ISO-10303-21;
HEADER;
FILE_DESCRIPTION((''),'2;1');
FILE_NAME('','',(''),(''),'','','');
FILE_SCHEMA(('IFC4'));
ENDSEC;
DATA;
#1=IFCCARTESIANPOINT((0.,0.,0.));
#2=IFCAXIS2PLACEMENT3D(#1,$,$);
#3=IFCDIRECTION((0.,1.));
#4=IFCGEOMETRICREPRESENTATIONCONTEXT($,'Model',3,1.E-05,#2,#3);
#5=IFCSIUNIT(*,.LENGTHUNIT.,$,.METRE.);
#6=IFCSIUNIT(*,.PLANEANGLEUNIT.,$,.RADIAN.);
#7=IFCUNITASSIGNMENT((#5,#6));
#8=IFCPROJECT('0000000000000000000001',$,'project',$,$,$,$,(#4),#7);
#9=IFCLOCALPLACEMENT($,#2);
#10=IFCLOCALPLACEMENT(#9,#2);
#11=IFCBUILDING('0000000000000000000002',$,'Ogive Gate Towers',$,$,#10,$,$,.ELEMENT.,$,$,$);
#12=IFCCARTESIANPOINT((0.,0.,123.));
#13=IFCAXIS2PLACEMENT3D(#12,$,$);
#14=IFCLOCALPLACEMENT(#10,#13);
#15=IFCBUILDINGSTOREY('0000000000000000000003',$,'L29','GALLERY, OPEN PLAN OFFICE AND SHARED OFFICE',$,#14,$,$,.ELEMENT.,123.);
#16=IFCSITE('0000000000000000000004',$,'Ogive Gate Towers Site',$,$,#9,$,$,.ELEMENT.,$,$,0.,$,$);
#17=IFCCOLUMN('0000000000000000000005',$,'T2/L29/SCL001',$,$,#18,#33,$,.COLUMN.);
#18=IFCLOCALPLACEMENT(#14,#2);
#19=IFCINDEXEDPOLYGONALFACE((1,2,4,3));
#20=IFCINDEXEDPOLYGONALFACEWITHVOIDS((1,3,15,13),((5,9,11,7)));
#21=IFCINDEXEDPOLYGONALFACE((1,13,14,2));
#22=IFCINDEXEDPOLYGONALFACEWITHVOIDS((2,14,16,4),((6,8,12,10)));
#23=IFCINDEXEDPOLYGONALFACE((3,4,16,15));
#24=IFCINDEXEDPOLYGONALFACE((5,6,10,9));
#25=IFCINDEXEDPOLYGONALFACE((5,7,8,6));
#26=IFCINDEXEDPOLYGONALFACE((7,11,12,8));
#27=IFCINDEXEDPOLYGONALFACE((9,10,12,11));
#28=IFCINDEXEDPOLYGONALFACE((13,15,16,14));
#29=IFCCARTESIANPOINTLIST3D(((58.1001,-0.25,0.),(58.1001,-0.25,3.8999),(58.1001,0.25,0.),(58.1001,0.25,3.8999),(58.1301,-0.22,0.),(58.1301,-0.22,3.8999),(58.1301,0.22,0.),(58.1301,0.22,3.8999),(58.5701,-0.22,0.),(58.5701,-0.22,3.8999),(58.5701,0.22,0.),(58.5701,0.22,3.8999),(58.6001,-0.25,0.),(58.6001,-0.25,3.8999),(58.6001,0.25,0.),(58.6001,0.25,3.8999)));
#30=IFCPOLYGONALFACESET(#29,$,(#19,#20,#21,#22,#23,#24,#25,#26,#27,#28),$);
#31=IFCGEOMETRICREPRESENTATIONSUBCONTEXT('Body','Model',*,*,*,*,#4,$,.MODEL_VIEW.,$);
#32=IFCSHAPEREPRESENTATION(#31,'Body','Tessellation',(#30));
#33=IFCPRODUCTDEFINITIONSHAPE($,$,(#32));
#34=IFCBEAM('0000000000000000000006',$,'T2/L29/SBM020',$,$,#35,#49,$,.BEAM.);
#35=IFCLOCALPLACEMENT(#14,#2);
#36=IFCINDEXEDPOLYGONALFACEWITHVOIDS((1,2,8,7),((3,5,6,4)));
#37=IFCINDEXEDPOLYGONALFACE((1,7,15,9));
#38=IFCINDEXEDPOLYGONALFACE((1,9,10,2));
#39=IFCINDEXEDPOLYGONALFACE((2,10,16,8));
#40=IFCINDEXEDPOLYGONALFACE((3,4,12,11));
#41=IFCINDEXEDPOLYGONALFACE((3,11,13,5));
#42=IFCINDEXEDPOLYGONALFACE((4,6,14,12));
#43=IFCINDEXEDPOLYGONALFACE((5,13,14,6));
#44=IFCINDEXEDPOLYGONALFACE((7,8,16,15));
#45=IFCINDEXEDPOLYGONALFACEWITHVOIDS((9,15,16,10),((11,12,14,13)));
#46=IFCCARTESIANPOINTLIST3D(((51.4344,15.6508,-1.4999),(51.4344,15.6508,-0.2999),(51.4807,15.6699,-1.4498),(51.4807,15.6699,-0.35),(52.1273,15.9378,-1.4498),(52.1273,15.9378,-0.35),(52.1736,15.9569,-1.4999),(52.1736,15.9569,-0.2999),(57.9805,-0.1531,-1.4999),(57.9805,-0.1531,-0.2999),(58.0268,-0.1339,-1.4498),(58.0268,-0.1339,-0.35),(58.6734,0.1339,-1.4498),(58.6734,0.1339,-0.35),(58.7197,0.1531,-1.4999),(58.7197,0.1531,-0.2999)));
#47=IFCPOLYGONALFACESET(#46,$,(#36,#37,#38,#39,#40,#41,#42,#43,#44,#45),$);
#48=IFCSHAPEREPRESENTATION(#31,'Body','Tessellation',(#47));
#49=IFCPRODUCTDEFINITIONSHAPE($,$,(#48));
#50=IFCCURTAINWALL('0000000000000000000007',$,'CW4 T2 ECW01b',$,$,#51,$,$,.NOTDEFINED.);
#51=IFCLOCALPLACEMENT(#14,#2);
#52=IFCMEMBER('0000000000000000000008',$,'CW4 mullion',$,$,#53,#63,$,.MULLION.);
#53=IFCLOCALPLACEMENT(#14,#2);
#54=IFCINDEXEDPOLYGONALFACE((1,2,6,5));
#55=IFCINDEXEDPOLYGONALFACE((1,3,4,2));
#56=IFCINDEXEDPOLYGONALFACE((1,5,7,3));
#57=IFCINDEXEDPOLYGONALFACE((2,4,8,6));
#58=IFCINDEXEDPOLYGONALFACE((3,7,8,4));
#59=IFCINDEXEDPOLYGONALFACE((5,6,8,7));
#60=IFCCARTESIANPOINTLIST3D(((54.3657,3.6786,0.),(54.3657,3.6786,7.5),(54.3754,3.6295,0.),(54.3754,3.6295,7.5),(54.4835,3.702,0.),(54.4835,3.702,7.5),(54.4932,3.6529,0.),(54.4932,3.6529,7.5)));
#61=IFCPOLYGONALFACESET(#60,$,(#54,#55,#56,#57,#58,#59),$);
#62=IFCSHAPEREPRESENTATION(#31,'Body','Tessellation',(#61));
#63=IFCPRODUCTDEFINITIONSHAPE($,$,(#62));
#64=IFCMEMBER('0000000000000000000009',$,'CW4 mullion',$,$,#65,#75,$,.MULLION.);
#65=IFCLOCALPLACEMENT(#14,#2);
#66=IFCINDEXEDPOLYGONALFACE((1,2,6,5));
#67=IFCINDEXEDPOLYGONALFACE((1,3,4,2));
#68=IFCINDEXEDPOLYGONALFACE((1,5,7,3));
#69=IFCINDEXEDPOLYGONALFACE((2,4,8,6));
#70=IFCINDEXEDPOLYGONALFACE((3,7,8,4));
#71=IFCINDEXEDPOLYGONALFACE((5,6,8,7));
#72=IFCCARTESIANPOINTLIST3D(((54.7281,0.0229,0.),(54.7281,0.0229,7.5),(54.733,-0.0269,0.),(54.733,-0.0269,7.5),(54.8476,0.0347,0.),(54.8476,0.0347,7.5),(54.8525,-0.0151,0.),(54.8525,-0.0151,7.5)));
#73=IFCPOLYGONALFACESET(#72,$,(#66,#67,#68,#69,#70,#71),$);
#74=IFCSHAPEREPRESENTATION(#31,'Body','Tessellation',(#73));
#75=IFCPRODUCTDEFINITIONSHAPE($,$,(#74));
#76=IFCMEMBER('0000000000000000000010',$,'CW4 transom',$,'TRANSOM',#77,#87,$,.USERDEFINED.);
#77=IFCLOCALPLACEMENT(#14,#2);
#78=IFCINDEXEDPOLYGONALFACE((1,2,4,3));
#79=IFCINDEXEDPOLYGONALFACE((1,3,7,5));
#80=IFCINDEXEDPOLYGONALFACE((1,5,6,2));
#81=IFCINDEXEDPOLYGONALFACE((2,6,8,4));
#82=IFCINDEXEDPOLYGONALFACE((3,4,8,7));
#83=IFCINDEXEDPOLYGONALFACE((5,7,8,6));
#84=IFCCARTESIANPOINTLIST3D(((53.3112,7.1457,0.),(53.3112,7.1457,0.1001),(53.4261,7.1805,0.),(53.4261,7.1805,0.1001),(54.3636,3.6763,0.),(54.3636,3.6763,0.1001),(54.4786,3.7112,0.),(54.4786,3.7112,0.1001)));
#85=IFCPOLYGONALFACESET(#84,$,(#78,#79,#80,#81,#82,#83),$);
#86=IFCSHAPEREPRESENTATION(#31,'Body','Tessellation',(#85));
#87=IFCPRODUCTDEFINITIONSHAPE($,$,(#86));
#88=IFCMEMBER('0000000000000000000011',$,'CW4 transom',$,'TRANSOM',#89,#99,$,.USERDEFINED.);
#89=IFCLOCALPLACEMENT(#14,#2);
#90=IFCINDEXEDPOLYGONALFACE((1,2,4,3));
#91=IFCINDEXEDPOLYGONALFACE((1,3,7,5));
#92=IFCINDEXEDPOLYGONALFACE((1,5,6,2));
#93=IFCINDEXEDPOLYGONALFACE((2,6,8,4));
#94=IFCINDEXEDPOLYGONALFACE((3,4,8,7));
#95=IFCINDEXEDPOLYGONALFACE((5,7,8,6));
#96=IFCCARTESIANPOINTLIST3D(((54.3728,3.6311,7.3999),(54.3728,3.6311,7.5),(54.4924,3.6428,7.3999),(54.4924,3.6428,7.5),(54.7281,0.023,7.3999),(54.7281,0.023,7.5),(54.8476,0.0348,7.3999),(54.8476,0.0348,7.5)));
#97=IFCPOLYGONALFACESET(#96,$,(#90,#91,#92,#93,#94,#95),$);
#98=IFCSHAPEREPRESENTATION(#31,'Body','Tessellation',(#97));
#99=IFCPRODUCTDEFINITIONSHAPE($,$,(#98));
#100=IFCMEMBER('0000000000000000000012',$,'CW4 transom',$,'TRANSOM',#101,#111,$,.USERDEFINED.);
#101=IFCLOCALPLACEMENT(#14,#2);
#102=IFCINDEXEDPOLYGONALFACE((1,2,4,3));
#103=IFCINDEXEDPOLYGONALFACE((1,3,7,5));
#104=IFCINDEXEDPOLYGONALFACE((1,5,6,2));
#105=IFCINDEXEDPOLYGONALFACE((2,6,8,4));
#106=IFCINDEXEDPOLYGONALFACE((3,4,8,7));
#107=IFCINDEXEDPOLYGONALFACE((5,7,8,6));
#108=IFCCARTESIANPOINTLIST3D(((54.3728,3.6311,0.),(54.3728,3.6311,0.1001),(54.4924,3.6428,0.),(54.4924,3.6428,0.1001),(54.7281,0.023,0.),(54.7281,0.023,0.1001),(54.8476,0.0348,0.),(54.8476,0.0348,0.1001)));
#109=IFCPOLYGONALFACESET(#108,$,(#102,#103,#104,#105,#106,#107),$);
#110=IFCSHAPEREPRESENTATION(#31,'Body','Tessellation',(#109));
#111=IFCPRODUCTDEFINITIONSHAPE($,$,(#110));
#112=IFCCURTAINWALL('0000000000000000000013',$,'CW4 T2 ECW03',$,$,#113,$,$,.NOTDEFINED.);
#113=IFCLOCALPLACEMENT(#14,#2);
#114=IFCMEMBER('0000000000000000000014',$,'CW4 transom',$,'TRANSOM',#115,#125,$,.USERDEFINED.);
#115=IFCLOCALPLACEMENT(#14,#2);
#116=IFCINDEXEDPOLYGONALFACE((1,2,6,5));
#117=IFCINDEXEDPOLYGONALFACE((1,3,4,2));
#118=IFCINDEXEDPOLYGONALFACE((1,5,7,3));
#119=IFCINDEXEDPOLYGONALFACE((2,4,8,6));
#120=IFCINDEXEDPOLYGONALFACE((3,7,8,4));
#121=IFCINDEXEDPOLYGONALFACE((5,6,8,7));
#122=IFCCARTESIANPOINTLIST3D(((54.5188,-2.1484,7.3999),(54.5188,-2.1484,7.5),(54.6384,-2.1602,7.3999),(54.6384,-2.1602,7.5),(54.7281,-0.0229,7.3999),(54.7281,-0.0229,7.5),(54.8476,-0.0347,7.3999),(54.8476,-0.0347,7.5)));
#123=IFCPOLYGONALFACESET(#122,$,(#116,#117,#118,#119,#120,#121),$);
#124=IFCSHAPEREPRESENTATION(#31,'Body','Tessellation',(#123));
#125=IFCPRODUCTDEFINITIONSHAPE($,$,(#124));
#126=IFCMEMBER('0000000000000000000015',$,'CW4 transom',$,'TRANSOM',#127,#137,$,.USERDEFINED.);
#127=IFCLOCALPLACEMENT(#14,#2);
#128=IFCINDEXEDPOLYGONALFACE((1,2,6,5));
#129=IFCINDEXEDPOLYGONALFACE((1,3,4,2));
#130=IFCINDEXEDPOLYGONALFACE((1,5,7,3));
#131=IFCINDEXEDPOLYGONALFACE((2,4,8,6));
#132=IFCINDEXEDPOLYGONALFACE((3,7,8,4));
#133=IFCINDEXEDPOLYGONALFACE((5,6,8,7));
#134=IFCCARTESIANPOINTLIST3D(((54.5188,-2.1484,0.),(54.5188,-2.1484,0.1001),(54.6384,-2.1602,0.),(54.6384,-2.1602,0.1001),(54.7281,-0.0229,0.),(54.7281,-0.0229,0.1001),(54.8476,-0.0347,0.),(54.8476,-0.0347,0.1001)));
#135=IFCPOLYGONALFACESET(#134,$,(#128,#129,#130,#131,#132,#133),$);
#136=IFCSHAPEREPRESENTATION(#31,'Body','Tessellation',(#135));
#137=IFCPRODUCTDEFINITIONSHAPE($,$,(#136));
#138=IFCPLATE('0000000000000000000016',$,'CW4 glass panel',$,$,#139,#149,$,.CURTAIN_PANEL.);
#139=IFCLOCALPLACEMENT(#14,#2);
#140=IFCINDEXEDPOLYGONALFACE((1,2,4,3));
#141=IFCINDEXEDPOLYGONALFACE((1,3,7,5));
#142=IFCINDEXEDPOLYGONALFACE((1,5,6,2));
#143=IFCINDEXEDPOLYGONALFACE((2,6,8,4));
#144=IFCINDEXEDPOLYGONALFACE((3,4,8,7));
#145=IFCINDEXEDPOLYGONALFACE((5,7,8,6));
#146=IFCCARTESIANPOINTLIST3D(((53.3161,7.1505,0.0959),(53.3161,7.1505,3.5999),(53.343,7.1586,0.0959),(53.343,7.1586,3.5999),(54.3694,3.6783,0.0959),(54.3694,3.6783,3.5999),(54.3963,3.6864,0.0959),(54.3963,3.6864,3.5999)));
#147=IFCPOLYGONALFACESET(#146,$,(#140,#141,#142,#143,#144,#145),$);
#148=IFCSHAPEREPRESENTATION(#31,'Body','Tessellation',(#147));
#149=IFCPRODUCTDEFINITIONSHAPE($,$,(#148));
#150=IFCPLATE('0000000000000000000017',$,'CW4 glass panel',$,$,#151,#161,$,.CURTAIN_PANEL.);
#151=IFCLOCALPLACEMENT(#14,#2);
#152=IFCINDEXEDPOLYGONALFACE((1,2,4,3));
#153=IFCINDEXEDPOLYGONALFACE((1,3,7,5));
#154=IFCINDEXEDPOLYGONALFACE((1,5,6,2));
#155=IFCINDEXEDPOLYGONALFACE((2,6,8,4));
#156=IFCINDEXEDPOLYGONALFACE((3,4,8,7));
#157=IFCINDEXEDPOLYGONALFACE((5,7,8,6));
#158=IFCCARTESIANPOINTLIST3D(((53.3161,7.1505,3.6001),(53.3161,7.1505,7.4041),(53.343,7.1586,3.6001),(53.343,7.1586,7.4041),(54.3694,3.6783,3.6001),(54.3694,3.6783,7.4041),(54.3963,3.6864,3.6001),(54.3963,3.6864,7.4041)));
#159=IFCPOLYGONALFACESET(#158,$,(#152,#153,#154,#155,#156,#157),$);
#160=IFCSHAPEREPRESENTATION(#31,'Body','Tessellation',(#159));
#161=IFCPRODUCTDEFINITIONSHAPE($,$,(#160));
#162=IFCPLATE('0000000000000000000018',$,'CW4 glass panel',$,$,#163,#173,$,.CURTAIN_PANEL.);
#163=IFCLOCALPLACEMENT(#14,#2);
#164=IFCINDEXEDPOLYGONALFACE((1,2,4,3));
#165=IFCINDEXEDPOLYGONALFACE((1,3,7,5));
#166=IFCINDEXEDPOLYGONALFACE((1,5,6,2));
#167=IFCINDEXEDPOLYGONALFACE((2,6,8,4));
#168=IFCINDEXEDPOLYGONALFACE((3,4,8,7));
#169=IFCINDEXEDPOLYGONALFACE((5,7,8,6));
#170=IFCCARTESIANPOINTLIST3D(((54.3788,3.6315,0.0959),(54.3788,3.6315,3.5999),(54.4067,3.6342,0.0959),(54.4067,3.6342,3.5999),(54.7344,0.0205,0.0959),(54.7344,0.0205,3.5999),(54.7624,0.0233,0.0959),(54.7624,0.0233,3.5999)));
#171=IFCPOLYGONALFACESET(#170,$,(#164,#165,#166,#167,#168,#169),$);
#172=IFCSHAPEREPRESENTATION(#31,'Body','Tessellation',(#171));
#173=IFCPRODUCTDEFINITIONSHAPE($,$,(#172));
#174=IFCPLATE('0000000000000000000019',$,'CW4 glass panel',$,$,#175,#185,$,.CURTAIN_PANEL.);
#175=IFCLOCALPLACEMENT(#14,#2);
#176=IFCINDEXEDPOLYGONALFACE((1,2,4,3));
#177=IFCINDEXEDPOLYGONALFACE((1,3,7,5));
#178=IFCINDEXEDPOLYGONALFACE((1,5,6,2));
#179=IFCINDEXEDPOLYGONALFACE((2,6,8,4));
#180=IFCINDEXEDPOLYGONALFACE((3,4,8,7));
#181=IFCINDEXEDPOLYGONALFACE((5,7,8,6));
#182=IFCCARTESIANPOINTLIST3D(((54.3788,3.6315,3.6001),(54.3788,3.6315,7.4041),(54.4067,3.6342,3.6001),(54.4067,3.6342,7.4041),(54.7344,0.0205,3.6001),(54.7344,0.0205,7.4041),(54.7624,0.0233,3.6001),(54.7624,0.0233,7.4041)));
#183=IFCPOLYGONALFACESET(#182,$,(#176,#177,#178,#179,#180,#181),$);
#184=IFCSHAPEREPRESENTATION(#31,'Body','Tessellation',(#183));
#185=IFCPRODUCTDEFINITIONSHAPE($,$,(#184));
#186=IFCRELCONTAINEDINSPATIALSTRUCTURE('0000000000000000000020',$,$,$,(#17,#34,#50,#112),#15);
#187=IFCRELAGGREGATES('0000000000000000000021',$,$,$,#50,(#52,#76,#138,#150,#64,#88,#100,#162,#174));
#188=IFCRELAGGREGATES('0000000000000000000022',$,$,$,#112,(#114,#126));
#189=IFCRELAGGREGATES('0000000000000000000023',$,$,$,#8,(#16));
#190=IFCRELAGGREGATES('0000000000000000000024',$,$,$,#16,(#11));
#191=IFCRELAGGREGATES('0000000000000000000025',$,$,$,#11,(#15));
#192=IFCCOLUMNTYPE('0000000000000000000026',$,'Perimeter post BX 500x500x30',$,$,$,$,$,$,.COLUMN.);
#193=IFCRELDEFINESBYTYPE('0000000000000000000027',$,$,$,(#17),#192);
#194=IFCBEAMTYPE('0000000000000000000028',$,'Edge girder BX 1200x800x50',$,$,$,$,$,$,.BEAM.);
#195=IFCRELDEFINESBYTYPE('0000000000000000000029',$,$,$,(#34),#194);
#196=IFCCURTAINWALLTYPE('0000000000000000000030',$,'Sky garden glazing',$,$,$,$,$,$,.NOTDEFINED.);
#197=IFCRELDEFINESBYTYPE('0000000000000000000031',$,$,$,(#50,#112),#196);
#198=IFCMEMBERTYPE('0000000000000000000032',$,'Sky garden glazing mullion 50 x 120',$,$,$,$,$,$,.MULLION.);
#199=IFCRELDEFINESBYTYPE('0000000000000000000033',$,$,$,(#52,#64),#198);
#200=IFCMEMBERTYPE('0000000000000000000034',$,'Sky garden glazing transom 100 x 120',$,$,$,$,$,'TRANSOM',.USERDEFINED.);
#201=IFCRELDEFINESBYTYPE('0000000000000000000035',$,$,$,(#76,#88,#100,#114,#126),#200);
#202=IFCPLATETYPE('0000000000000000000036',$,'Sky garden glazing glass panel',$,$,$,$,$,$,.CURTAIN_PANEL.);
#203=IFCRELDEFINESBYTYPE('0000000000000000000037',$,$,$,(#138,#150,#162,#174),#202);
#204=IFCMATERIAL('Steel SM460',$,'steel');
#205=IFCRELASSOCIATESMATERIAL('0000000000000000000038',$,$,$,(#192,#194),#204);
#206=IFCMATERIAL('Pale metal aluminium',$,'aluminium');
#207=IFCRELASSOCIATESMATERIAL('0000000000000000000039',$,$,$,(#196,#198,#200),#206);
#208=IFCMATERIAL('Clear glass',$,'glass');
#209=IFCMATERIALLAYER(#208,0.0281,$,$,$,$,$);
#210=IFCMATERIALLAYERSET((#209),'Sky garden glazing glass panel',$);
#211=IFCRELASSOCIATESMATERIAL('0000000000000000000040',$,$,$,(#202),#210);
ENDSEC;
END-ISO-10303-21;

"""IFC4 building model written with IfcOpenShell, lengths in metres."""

from ifc_helpers import new_model, si_unit, direction, frame, origin, origin_2d, place, context, subcontext, project, spatial, rectangle, hollow_rectangle, extrude, material, layer, layer_set, material_profile, profile_set, type_object, element, aggregate, save


model = new_model("IFC4")

# Units and contexts
model_context = context("Model", 3, precision=1e-05, world=origin(), true_north=direction((0.0, 1.0)))
body_context = subcontext(model_context, "Body", "Model", "MODEL_VIEW")
ifc_project = project(units=[si_unit("LENGTHUNIT", "METRE"), si_unit("PLANEANGLEUNIT", "RADIAN")], contexts=[model_context])

# Site, building, storey
site_placement = place(None, origin())
site = spatial("IfcSite", under=ifc_project, at=site_placement, Name="Ogive Gate Towers Site", CompositionType="ELEMENT", RefElevation=0.0)
building_placement = place(site_placement, origin())
building = spatial("IfcBuilding", under=site, at=building_placement, Name="Ogive Gate Towers", CompositionType="ELEMENT")
storey_placement = place(building_placement, frame((0.0, 0.0, 123.0)))
storey = spatial("IfcBuildingStorey", under=building, at=storey_placement, Name="L29", Description="GALLERY, OPEN PLAN OFFICE AND SHARED OFFICE", CompositionType="ELEMENT", Elevation=123.0)

# Column
ifc_material_1 = material(Name="Steel SM460", Category="steel")
ifc_material_profile_1 = material_profile(ifc_material_1, hollow_rectangle(XDim=0.5, YDim=0.5, WallThickness=0.03, at=origin_2d()), Name="BX 500x500x30")
ifc_profile_set_1 = profile_set([ifc_material_profile_1], Name="Steel SM460")
column_type = type_object("IfcColumnType", Name="Perimeter post BX 500x500x30", PredefinedType="COLUMN", material=ifc_profile_set_1)
column_placement = place(storey_placement, frame((58.3501, 0.0, 0.0), z_axis=(0.0, 0.0, 1.0), x_axis=(1.0, 0.0, 0.0)))
element("IfcColumn", 1, at=column_placement, inside=storey, type_object=column_type, Name="T2/L29/SCL001", PredefinedType="COLUMN", context=body_context, shape_type="SweptSolid", body=[
    extrude(hollow_rectangle(XDim=0.5, YDim=0.5, WallThickness=0.03, at=origin_2d()), origin(), (0.0, 0.0, 1.0), 3.8999),
])

# Beam
ifc_material_profile_2 = material_profile(ifc_material_1, hollow_rectangle(XDim=0.8, YDim=1.2, WallThickness=0.05, at=origin_2d()), Name="BX 1200x800x50")
ifc_profile_set_2 = profile_set([ifc_material_profile_2], Name="Steel SM460")
beam_type = type_object("IfcBeamType", Name="Edge girder BX 1200x800x50", PredefinedType="BEAM", material=ifc_profile_set_2)
beam_placement = place(storey_placement, frame((58.3501, 0.0, -0.8999), z_axis=(-0.38268, 0.923881, 0.0), x_axis=(-0.923881, -0.38268, 0.0)))
element("IfcBeam", 2, at=beam_placement, inside=storey, type_object=beam_type, Name="T2/L29/SBM020", PredefinedType="BEAM", context=body_context, shape_type="SweptSolid", body=[
    extrude(hollow_rectangle(XDim=0.8, YDim=1.2, WallThickness=0.05, at=origin_2d()), origin(), (0.0, 0.0, 1.0), 17.106),
])

# Curtain walls, members
ifc_material_2 = material(Name="Pale metal aluminium", Category="aluminium")
curtain_wall_type = type_object("IfcCurtainWallType", Name="Sky garden glazing", PredefinedType="NOTDEFINED", material=ifc_material_2)
curtain_wall_1_placement = place(storey_placement, origin())
curtain_wall_1 = element("IfcCurtainWall", 3, at=curtain_wall_1_placement, inside=storey, type_object=curtain_wall_type, Name="CW4 T2 ECW01b", PredefinedType="NOTDEFINED")
ifc_material_profile_3 = material_profile(ifc_material_2, rectangle(XDim=0.1201, YDim=0.05, at=origin_2d()), Name="50 x 120 aluminium box")
ifc_profile_set_3 = profile_set([ifc_material_profile_3], Name="Pale metal aluminium")
member_type_1 = type_object("IfcMemberType", Name="Sky garden glazing mullion 50 x 120", PredefinedType="MULLION", material=ifc_profile_set_3)
member_1_placement = place(storey_placement, frame((54.4294, 3.6658, 0.0), z_axis=(0.0, 0.0, 1.0), x_axis=(-0.980785, -0.19509, 0.0)))
member_1 = element("IfcMember", 4, at=member_1_placement, type_object=member_type_1, Name="CW4 mullion", PredefinedType="MULLION", context=body_context, shape_type="SweptSolid", body=[
    extrude(rectangle(XDim=0.1201, YDim=0.05, at=origin_2d()), origin(), (0.0, 0.0, 1.0), 7.5),
])
member_2_placement = place(storey_placement, frame((54.7903, 0.0039, 0.0), z_axis=(0.0, 0.0, 1.0), x_axis=(-0.995185, -0.098017, 0.0)))
member_2 = element("IfcMember", 5, at=member_2_placement, type_object=member_type_1, Name="CW4 mullion", PredefinedType="MULLION", context=body_context, shape_type="SweptSolid", body=[
    extrude(rectangle(XDim=0.1201, YDim=0.05, at=origin_2d()), origin(), (0.0, 0.0, 1.0), 7.5),
])
ifc_material_profile_4 = material_profile(ifc_material_2, rectangle(XDim=0.1201, YDim=0.1001, at=origin_2d()), Name="100 x 120 aluminium box")
ifc_profile_set_4 = profile_set([ifc_material_profile_4], Name="Pale metal aluminium")
member_type_2 = type_object("IfcMemberType", Name="Sky garden glazing transom 100 x 120", ElementType="TRANSOM", PredefinedType="USERDEFINED", material=ifc_profile_set_4)
member_3_placement = place(storey_placement, frame((53.3687, 7.1631, 0.05), z_axis=(0.290293, -0.956938, 0.0), x_axis=(0.956938, 0.290293, 0.0)))
member_3 = element("IfcMember", 6, at=member_3_placement, type_object=member_type_2, Name="CW4 transom", ObjectType="TRANSOM", PredefinedType="USERDEFINED", context=body_context, shape_type="SweptSolid", body=[
    extrude(rectangle(XDim=0.1201, YDim=0.1001, at=origin_2d()), origin(), (0.0, 0.0, 1.0), 3.6255),
])
member_4_placement = place(storey_placement, frame((54.4326, 3.637, 7.45), z_axis=(0.097977, -0.995189, 0.0), x_axis=(0.995189, 0.097977, 0.0)))
member_4 = element("IfcMember", 7, at=member_4_placement, type_object=member_type_2, Name="CW4 transom", ObjectType="TRANSOM", PredefinedType="USERDEFINED", context=body_context, shape_type="SweptSolid", body=[
    extrude(rectangle(XDim=0.1201, YDim=0.1001, at=origin_2d()), origin(), (0.0, 0.0, 1.0), 3.6255),
])
member_5_placement = place(storey_placement, frame((54.4326, 3.637, 0.05), z_axis=(0.097977, -0.995189, 0.0), x_axis=(0.995189, 0.097977, 0.0)))
member_5 = element("IfcMember", 8, at=member_5_placement, type_object=member_type_2, Name="CW4 transom", ObjectType="TRANSOM", PredefinedType="USERDEFINED", context=body_context, shape_type="SweptSolid", body=[
    extrude(rectangle(XDim=0.1201, YDim=0.1001, at=origin_2d()), origin(), (0.0, 0.0, 1.0), 3.6255),
])
curtain_wall_2_placement = place(storey_placement, origin())
curtain_wall_2 = element("IfcCurtainWall", 9, at=curtain_wall_2_placement, inside=storey, type_object=curtain_wall_type, Name="CW4 T2 ECW03", PredefinedType="NOTDEFINED")
member_6_placement = place(storey_placement, frame((54.7878, -0.0288, 7.45), z_axis=(-0.097964, -0.99519, 0.0), x_axis=(0.99519, -0.097964, 0.0)))
member_6 = element("IfcMember", 10, at=member_6_placement, type_object=member_type_2, Name="CW4 transom", ObjectType="TRANSOM", PredefinedType="USERDEFINED", context=body_context, shape_type="SweptSolid", body=[
    extrude(rectangle(XDim=0.1201, YDim=0.1001, at=origin_2d()), origin(), (0.0, 0.0, 1.0), 2.1357),
])
member_7_placement = place(storey_placement, frame((54.7878, -0.0288, 0.05), z_axis=(-0.097964, -0.99519, 0.0), x_axis=(0.99519, -0.097964, 0.0)))
member_7 = element("IfcMember", 11, at=member_7_placement, type_object=member_type_2, Name="CW4 transom", ObjectType="TRANSOM", PredefinedType="USERDEFINED", context=body_context, shape_type="SweptSolid", body=[
    extrude(rectangle(XDim=0.1201, YDim=0.1001, at=origin_2d()), origin(), (0.0, 0.0, 1.0), 2.1357),
])

# Plates
ifc_material_3 = material(Name="Clear glass", Category="glass")
ifc_layer_1 = layer(ifc_material_3, 0.0281)
ifc_layer_set_1 = layer_set([ifc_layer_1], Name="Sky garden glazing glass panel")
plate_type = type_object("IfcPlateType", Name="Sky garden glazing glass panel", PredefinedType="CURTAIN_PANEL", material=ifc_layer_set_1)
plate_1_placement = place(storey_placement, frame((53.8562, 5.4185, 0.0959), z_axis=(0.0, 0.0, 1.0), x_axis=(0.290285, -0.95694, 0.0)))
plate_1 = element("IfcPlate", 12, at=plate_1_placement, type_object=plate_type, Name="CW4 glass panel", PredefinedType="CURTAIN_PANEL", context=body_context, shape_type="SweptSolid", body=[
    extrude(rectangle(XDim=3.6284, YDim=0.0281, at=origin_2d()), origin(), (0.0, 0.0, 1.0), 3.5039),
])
plate_2_placement = place(storey_placement, frame((53.8562, 5.4185, 3.6001), z_axis=(0.0, 0.0, 1.0), x_axis=(0.290285, -0.95694, 0.0)))
plate_2 = element("IfcPlate", 13, at=plate_2_placement, type_object=plate_type, Name="CW4 glass panel", PredefinedType="CURTAIN_PANEL", context=body_context, shape_type="SweptSolid", body=[
    extrude(rectangle(XDim=3.6284, YDim=0.0281, at=origin_2d()), origin(), (0.0, 0.0, 1.0), 3.804),
])
plate_3_placement = place(storey_placement, frame((54.5706, 1.8274, 0.0959), z_axis=(0.0, 0.0, 1.0), x_axis=(0.098017, -0.995185, 0.0)))
plate_3 = element("IfcPlate", 14, at=plate_3_placement, type_object=plate_type, Name="CW4 glass panel", PredefinedType="CURTAIN_PANEL", context=body_context, shape_type="SweptSolid", body=[
    extrude(rectangle(XDim=3.6284, YDim=0.0281, at=origin_2d()), origin(), (0.0, 0.0, 1.0), 3.5039),
])
plate_4_placement = place(storey_placement, frame((54.5706, 1.8274, 3.6001), z_axis=(0.0, 0.0, 1.0), x_axis=(0.098017, -0.995185, 0.0)))
plate_4 = element("IfcPlate", 15, at=plate_4_placement, type_object=plate_type, Name="CW4 glass panel", PredefinedType="CURTAIN_PANEL", context=body_context, shape_type="SweptSolid", body=[
    extrude(rectangle(XDim=3.6284, YDim=0.0281, at=origin_2d()), origin(), (0.0, 0.0, 1.0), 3.804),
])
aggregate(curtain_wall_1, [member_1, member_3, plate_1, plate_2, member_2, member_4, member_5, plate_3, plate_4])
aggregate(curtain_wall_2, [member_6, member_7])

save(model, "model.ifc")
